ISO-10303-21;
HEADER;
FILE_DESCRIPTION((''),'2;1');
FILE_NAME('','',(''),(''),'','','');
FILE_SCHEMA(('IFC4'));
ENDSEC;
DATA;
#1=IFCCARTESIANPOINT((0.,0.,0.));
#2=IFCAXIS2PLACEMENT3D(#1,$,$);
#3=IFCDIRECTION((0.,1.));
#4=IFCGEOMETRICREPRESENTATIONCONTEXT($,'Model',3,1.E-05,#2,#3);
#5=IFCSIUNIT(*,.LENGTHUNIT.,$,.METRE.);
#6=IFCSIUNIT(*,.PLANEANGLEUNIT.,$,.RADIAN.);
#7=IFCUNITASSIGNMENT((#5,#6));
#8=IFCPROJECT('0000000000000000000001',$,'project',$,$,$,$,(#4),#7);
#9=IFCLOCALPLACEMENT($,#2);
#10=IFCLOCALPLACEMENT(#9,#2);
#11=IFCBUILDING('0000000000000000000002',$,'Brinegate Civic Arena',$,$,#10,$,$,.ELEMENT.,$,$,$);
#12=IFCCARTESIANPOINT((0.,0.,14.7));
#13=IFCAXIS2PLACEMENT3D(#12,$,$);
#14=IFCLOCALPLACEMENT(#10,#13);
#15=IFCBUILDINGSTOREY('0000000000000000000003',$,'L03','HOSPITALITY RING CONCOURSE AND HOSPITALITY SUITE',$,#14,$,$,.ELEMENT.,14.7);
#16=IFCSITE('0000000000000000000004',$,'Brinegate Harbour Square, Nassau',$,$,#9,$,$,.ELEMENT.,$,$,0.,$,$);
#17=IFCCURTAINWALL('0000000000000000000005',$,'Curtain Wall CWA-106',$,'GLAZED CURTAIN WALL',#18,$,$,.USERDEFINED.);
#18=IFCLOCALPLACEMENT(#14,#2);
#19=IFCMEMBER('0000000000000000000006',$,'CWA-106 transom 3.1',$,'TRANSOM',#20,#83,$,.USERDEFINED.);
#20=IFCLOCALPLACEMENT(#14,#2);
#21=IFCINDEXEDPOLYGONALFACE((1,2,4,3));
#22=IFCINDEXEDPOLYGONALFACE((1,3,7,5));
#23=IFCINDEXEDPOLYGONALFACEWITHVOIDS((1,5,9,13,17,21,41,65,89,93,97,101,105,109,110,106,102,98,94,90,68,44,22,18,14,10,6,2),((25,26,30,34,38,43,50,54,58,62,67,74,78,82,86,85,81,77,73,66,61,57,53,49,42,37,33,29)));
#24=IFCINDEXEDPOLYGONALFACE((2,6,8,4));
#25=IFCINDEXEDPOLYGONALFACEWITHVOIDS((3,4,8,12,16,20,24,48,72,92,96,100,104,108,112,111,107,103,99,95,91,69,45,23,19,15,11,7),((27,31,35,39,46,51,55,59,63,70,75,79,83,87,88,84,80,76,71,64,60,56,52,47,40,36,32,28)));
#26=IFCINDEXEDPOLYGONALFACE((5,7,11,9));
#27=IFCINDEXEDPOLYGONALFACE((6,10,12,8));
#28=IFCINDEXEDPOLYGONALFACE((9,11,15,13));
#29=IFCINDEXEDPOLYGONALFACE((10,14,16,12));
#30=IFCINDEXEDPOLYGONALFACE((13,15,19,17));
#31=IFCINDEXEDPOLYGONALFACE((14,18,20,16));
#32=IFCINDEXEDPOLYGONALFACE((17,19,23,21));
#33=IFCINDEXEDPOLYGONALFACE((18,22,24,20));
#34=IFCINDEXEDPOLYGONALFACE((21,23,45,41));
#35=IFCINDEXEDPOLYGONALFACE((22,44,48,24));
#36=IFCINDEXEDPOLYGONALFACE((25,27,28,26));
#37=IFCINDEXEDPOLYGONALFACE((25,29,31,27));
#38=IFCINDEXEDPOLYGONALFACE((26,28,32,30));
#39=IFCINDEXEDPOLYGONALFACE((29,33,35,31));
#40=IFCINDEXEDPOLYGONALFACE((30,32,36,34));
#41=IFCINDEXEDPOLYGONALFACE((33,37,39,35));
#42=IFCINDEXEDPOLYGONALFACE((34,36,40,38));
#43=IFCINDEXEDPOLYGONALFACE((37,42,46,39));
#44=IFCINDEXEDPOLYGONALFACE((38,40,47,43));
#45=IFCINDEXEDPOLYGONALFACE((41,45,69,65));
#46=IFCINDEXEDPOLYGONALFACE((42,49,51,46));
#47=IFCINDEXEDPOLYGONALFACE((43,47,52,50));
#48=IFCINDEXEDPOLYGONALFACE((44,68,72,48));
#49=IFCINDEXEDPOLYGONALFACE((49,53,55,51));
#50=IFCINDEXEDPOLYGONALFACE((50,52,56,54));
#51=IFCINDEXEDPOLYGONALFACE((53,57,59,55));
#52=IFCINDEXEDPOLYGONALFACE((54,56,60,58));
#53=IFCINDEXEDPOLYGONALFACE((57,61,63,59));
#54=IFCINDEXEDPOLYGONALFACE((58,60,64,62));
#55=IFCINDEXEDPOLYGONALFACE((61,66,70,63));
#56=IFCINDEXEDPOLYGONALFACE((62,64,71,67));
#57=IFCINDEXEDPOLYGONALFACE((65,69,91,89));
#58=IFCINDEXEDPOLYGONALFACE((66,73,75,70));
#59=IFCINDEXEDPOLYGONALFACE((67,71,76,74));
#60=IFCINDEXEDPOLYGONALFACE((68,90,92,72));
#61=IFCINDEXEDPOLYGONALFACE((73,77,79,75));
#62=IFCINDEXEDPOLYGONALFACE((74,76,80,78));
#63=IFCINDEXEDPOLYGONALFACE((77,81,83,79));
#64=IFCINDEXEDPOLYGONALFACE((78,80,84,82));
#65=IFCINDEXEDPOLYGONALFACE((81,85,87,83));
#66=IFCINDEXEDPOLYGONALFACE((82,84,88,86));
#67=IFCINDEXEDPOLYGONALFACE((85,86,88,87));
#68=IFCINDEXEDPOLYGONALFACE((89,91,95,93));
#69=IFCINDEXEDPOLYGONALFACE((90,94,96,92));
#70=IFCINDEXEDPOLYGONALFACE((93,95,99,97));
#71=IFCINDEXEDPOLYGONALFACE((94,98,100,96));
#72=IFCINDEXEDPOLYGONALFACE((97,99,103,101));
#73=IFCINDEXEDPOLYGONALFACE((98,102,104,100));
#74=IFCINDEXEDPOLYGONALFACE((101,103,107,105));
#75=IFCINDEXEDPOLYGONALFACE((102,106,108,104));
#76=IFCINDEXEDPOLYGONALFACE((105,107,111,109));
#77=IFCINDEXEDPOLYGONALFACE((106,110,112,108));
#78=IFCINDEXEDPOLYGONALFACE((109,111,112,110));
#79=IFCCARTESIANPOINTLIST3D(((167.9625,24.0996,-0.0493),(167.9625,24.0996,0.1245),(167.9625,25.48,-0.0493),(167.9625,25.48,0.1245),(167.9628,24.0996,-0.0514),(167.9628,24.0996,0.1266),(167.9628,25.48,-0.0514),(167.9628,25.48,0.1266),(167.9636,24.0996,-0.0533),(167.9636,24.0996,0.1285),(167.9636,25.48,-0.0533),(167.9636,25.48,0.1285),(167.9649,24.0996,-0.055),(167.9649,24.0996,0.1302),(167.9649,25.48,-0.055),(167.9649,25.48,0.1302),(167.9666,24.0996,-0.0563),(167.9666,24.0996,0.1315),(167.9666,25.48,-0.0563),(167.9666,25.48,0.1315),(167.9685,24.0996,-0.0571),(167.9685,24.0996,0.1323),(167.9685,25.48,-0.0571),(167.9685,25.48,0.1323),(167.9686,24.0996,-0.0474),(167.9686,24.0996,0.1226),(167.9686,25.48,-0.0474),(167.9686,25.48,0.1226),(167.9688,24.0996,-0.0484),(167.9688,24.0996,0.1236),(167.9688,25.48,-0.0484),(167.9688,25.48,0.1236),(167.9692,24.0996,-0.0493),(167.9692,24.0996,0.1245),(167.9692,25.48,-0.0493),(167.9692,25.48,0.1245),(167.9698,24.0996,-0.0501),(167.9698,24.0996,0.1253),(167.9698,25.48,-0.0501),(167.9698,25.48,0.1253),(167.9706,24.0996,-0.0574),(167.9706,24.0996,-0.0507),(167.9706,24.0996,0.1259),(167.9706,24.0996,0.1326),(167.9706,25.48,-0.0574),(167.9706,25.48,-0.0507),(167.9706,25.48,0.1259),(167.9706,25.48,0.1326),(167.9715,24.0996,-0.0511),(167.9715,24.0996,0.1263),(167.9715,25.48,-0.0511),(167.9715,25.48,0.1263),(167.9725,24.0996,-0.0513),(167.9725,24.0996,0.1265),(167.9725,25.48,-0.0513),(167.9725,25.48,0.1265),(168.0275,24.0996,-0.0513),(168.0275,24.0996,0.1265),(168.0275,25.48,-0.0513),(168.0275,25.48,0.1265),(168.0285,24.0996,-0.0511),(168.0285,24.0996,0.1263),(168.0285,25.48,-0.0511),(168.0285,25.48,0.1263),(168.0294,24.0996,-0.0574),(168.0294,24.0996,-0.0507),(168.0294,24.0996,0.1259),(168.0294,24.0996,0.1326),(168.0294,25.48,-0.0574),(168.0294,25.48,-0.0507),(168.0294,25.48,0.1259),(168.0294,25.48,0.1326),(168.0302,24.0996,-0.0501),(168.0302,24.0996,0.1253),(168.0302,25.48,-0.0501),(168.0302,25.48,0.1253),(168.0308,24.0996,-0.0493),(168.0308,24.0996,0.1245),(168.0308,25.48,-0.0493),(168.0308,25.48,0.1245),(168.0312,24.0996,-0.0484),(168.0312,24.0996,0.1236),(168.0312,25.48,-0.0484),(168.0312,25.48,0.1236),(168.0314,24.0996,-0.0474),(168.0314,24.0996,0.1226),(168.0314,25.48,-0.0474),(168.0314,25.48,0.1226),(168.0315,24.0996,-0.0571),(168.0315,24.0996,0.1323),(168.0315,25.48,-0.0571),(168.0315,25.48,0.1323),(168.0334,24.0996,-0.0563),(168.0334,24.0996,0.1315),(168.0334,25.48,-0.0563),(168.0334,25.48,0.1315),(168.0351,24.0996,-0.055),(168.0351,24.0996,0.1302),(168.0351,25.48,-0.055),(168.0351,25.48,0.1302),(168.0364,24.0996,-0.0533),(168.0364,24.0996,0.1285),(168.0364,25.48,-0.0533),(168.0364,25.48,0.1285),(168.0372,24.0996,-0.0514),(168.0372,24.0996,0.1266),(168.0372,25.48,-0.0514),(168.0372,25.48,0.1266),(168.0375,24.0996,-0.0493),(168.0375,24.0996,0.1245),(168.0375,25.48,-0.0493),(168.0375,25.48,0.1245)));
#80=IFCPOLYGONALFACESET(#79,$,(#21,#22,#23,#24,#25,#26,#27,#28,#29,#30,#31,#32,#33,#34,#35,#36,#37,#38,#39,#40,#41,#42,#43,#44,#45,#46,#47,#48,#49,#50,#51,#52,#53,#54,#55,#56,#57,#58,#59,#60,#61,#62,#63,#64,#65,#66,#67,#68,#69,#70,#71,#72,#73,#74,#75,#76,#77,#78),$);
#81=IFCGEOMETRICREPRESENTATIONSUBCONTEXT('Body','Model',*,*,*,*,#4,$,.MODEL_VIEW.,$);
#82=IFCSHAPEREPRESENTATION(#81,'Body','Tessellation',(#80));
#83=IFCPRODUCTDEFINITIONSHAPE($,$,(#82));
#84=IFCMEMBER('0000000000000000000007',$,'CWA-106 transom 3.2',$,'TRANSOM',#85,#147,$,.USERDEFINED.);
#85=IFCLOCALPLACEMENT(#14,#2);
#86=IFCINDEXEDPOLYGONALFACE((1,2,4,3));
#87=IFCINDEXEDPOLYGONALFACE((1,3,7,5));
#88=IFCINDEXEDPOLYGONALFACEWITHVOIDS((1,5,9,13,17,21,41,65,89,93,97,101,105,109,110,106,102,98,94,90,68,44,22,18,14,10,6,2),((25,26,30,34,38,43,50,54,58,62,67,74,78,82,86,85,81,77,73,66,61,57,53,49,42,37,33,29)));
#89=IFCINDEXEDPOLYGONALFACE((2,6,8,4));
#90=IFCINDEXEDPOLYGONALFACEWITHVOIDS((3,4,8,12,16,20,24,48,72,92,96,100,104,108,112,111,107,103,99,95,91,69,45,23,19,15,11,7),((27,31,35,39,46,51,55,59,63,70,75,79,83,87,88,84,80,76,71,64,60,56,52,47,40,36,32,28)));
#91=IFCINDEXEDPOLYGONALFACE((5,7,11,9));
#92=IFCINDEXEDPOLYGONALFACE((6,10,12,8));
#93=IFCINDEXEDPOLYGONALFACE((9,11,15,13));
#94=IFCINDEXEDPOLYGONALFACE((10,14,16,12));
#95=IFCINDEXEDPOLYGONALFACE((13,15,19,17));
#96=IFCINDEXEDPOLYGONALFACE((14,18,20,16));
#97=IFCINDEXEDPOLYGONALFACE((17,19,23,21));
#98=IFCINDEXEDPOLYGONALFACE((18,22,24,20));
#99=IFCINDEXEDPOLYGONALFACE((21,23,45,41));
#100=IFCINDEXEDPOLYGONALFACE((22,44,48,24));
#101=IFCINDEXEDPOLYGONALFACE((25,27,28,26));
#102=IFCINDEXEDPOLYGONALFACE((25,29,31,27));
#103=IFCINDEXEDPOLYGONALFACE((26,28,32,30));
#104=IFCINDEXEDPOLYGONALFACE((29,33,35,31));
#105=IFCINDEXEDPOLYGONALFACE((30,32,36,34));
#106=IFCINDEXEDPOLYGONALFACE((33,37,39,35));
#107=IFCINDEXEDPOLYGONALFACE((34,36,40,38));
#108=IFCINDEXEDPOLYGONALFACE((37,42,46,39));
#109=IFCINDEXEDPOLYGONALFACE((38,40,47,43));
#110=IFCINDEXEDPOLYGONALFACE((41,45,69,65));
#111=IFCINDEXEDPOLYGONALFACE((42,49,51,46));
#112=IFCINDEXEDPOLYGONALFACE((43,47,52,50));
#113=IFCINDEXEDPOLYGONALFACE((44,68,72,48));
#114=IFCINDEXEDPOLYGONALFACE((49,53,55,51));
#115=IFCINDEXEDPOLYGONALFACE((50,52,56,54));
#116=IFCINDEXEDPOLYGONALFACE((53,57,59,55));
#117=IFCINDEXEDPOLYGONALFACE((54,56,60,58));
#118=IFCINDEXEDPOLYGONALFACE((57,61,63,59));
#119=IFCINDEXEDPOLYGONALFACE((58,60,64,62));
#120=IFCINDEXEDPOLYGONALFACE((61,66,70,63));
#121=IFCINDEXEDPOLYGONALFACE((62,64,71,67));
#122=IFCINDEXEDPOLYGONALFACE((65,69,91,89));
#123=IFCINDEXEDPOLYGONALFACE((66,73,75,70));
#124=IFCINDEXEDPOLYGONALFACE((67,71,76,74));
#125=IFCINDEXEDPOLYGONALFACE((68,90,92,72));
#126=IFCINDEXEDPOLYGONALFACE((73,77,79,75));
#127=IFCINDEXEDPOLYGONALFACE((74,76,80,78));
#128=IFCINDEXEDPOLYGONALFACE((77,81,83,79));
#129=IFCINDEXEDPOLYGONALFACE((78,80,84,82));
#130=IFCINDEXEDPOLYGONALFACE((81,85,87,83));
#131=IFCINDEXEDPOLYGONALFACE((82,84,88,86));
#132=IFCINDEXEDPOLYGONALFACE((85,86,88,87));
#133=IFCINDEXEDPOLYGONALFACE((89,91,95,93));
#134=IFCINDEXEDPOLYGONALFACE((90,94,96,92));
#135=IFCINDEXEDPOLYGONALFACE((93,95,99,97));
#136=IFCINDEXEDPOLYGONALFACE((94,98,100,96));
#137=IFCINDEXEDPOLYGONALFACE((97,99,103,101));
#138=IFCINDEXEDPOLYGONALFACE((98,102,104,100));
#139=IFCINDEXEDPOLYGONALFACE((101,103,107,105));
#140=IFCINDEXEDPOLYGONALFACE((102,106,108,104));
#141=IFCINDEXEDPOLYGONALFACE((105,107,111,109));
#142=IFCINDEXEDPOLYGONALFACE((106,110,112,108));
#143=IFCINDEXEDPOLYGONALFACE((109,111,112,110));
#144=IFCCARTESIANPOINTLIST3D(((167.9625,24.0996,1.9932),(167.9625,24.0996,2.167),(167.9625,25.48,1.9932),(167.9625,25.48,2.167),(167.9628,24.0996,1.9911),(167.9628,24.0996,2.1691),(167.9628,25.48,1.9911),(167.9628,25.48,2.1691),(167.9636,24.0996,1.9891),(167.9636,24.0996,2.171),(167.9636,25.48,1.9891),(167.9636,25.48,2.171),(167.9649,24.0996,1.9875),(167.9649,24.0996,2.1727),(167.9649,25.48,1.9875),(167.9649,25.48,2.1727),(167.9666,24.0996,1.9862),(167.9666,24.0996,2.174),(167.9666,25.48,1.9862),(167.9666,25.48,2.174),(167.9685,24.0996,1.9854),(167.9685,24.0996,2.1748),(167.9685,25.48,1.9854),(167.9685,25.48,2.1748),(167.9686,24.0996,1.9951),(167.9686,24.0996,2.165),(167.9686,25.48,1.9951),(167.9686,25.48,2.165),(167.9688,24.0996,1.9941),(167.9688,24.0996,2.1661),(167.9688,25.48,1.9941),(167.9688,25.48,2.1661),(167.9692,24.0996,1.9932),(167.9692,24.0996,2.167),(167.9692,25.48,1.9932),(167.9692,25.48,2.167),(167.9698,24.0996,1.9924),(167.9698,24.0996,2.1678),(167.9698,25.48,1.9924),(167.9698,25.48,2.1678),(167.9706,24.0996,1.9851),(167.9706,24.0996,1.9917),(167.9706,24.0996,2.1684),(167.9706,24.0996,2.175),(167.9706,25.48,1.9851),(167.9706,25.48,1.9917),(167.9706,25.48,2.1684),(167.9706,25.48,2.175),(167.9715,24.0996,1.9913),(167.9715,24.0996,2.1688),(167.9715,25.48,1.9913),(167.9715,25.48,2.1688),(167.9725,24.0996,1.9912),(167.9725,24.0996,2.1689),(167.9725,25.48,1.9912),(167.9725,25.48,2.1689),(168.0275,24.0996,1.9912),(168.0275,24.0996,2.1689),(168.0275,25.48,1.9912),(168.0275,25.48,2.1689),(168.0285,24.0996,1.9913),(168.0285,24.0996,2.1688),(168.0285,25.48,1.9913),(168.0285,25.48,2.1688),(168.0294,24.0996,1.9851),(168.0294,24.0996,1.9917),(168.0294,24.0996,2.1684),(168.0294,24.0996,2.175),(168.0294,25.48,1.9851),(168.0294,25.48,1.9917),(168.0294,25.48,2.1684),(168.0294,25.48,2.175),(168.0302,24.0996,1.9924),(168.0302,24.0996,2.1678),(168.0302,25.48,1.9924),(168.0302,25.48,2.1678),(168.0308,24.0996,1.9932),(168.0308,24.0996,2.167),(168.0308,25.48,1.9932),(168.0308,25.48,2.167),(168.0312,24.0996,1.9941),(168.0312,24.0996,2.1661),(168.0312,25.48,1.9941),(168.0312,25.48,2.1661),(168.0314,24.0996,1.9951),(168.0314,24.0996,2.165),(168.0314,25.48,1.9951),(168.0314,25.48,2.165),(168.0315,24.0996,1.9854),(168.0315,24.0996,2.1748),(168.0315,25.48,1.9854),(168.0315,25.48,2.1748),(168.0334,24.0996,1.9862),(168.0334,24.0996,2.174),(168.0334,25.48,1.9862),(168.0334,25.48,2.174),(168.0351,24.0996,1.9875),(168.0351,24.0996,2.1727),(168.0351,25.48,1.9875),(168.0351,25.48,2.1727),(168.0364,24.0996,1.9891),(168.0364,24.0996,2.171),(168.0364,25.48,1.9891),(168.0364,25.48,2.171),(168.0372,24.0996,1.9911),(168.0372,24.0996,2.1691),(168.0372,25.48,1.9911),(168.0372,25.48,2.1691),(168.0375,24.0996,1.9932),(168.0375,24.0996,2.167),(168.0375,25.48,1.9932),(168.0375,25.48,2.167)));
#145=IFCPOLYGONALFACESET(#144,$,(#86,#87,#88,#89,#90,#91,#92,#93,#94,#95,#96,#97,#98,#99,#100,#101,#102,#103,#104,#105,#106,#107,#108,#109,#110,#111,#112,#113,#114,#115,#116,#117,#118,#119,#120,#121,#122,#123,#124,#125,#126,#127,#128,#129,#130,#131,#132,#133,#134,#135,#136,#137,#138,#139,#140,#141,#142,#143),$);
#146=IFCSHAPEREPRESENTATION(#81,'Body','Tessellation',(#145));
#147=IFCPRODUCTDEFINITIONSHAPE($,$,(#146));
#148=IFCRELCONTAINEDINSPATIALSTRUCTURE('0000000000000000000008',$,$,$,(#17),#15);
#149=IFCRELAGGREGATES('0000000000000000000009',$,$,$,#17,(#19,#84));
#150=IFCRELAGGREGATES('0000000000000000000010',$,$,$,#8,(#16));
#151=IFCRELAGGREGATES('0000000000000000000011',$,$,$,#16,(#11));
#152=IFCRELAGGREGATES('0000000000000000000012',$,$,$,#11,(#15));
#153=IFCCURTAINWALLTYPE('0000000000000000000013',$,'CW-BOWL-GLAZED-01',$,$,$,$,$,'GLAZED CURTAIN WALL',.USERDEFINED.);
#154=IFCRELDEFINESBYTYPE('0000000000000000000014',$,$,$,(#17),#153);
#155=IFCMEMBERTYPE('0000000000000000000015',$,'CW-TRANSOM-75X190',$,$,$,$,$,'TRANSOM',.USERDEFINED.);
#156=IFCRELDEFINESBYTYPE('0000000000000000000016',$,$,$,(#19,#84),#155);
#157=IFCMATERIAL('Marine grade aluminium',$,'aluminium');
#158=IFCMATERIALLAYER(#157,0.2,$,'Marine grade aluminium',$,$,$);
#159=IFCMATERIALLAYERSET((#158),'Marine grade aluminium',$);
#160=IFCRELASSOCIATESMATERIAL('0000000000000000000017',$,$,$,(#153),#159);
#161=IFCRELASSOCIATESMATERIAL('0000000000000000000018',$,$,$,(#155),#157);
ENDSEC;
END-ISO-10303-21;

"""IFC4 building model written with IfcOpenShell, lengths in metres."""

from ifc_helpers import new_model, si_unit, direction, frame, origin, origin_2d, place, context, subcontext, project, spatial, hollow_rectangle, extrude, material, layer, layer_set, material_profile, profile_set, type_object, element, aggregate, save


model = new_model("IFC4")

# Units and contexts
model_context = context("Model", 3, precision=1e-05, world=origin(), true_north=direction((0.0, 1.0)))
body_context = subcontext(model_context, "Body", "Model", "MODEL_VIEW")
ifc_project = project(units=[si_unit("LENGTHUNIT", "METRE"), si_unit("PLANEANGLEUNIT", "RADIAN")], contexts=[model_context])

# Site, building, storey
site_placement = place(None, origin())
site = spatial("IfcSite", under=ifc_project, at=site_placement, Name="Brinegate Harbour Square, Nassau", CompositionType="ELEMENT", RefElevation=0.0)
building_placement = place(site_placement, origin())
building = spatial("IfcBuilding", under=site, at=building_placement, Name="Brinegate Civic Arena", CompositionType="ELEMENT")
storey_placement = place(building_placement, frame((0.0, 0.0, 14.7)))
storey = spatial("IfcBuildingStorey", under=building, at=storey_placement, Name="L03", Description="HOSPITALITY RING CONCOURSE AND HOSPITALITY SUITE", CompositionType="ELEMENT", Elevation=14.7)

# Shared definitions
ifc_material_1 = material(Name="Marine grade aluminium", Category="aluminium")
ifc_layer_1 = layer(ifc_material_1, 0.2, Name="Marine grade aluminium")
ifc_layer_set_1 = layer_set([ifc_layer_1], Name="Marine grade aluminium")
curtain_wall_type = type_object("IfcCurtainWallType", Name="CW-BOWL-GLAZED-01", ElementType="GLAZED CURTAIN WALL", PredefinedType="USERDEFINED", material=ifc_layer_set_1)

# Curtain wall, members
curtain_wall_1_placement = place(storey_placement, origin())
curtain_wall_1 = element("IfcCurtainWall", 1, at=curtain_wall_1_placement, inside=storey, type_object=curtain_wall_type, Name="Curtain Wall CWA-106", ObjectType="GLAZED CURTAIN WALL", PredefinedType="USERDEFINED")
ifc_material_profile_1 = material_profile(ifc_material_1, hollow_rectangle(XDim=0.075, YDim=0.1899, WallThickness=0.0061, InnerFilletRadius=0.0039, OuterFilletRadius=0.0081, at=origin_2d()), Name="TRN75X190")
ifc_profile_set_1 = profile_set([ifc_material_profile_1], Name="Marine grade aluminium")
member_type_1 = type_object("IfcMemberType", Name="CW-TRANSOM-75X190", ElementType="TRANSOM", PredefinedType="USERDEFINED", material=ifc_profile_set_1)
member_1_placement = place(storey_placement, frame((168.0, 24.0996, 0.0376), z_axis=(0.0, 1.0, 0.0), x_axis=(-1.0, 0.0, 0.0)))
member_1 = element("IfcMember", 2, at=member_1_placement, type_object=member_type_1, Name="CWA-106 transom 3.1", ObjectType="TRANSOM", PredefinedType="USERDEFINED", context=body_context, shape_type="SweptSolid", body=[
    extrude(hollow_rectangle(XDim=0.075, YDim=0.1899, WallThickness=0.0061, InnerFilletRadius=0.0039, OuterFilletRadius=0.0081, at=origin_2d()), origin(), (0.0, 0.0, 1.0), 1.3804),
])
member_2_placement = place(storey_placement, frame((168.0, 24.0996, 2.0801), z_axis=(0.0, 1.0, 0.0), x_axis=(-1.0, 0.0, 0.0)))
member_2 = element("IfcMember", 3, at=member_2_placement, type_object=member_type_1, Name="CWA-106 transom 3.2", ObjectType="TRANSOM", PredefinedType="USERDEFINED", context=body_context, shape_type="SweptSolid", body=[
    extrude(hollow_rectangle(XDim=0.075, YDim=0.1899, WallThickness=0.0061, InnerFilletRadius=0.0039, OuterFilletRadius=0.0081, at=origin_2d()), origin(), (0.0, 0.0, 1.0), 1.3804),
])

aggregate(curtain_wall_1, [member_1, member_2])

save(model, "model.ifc")
